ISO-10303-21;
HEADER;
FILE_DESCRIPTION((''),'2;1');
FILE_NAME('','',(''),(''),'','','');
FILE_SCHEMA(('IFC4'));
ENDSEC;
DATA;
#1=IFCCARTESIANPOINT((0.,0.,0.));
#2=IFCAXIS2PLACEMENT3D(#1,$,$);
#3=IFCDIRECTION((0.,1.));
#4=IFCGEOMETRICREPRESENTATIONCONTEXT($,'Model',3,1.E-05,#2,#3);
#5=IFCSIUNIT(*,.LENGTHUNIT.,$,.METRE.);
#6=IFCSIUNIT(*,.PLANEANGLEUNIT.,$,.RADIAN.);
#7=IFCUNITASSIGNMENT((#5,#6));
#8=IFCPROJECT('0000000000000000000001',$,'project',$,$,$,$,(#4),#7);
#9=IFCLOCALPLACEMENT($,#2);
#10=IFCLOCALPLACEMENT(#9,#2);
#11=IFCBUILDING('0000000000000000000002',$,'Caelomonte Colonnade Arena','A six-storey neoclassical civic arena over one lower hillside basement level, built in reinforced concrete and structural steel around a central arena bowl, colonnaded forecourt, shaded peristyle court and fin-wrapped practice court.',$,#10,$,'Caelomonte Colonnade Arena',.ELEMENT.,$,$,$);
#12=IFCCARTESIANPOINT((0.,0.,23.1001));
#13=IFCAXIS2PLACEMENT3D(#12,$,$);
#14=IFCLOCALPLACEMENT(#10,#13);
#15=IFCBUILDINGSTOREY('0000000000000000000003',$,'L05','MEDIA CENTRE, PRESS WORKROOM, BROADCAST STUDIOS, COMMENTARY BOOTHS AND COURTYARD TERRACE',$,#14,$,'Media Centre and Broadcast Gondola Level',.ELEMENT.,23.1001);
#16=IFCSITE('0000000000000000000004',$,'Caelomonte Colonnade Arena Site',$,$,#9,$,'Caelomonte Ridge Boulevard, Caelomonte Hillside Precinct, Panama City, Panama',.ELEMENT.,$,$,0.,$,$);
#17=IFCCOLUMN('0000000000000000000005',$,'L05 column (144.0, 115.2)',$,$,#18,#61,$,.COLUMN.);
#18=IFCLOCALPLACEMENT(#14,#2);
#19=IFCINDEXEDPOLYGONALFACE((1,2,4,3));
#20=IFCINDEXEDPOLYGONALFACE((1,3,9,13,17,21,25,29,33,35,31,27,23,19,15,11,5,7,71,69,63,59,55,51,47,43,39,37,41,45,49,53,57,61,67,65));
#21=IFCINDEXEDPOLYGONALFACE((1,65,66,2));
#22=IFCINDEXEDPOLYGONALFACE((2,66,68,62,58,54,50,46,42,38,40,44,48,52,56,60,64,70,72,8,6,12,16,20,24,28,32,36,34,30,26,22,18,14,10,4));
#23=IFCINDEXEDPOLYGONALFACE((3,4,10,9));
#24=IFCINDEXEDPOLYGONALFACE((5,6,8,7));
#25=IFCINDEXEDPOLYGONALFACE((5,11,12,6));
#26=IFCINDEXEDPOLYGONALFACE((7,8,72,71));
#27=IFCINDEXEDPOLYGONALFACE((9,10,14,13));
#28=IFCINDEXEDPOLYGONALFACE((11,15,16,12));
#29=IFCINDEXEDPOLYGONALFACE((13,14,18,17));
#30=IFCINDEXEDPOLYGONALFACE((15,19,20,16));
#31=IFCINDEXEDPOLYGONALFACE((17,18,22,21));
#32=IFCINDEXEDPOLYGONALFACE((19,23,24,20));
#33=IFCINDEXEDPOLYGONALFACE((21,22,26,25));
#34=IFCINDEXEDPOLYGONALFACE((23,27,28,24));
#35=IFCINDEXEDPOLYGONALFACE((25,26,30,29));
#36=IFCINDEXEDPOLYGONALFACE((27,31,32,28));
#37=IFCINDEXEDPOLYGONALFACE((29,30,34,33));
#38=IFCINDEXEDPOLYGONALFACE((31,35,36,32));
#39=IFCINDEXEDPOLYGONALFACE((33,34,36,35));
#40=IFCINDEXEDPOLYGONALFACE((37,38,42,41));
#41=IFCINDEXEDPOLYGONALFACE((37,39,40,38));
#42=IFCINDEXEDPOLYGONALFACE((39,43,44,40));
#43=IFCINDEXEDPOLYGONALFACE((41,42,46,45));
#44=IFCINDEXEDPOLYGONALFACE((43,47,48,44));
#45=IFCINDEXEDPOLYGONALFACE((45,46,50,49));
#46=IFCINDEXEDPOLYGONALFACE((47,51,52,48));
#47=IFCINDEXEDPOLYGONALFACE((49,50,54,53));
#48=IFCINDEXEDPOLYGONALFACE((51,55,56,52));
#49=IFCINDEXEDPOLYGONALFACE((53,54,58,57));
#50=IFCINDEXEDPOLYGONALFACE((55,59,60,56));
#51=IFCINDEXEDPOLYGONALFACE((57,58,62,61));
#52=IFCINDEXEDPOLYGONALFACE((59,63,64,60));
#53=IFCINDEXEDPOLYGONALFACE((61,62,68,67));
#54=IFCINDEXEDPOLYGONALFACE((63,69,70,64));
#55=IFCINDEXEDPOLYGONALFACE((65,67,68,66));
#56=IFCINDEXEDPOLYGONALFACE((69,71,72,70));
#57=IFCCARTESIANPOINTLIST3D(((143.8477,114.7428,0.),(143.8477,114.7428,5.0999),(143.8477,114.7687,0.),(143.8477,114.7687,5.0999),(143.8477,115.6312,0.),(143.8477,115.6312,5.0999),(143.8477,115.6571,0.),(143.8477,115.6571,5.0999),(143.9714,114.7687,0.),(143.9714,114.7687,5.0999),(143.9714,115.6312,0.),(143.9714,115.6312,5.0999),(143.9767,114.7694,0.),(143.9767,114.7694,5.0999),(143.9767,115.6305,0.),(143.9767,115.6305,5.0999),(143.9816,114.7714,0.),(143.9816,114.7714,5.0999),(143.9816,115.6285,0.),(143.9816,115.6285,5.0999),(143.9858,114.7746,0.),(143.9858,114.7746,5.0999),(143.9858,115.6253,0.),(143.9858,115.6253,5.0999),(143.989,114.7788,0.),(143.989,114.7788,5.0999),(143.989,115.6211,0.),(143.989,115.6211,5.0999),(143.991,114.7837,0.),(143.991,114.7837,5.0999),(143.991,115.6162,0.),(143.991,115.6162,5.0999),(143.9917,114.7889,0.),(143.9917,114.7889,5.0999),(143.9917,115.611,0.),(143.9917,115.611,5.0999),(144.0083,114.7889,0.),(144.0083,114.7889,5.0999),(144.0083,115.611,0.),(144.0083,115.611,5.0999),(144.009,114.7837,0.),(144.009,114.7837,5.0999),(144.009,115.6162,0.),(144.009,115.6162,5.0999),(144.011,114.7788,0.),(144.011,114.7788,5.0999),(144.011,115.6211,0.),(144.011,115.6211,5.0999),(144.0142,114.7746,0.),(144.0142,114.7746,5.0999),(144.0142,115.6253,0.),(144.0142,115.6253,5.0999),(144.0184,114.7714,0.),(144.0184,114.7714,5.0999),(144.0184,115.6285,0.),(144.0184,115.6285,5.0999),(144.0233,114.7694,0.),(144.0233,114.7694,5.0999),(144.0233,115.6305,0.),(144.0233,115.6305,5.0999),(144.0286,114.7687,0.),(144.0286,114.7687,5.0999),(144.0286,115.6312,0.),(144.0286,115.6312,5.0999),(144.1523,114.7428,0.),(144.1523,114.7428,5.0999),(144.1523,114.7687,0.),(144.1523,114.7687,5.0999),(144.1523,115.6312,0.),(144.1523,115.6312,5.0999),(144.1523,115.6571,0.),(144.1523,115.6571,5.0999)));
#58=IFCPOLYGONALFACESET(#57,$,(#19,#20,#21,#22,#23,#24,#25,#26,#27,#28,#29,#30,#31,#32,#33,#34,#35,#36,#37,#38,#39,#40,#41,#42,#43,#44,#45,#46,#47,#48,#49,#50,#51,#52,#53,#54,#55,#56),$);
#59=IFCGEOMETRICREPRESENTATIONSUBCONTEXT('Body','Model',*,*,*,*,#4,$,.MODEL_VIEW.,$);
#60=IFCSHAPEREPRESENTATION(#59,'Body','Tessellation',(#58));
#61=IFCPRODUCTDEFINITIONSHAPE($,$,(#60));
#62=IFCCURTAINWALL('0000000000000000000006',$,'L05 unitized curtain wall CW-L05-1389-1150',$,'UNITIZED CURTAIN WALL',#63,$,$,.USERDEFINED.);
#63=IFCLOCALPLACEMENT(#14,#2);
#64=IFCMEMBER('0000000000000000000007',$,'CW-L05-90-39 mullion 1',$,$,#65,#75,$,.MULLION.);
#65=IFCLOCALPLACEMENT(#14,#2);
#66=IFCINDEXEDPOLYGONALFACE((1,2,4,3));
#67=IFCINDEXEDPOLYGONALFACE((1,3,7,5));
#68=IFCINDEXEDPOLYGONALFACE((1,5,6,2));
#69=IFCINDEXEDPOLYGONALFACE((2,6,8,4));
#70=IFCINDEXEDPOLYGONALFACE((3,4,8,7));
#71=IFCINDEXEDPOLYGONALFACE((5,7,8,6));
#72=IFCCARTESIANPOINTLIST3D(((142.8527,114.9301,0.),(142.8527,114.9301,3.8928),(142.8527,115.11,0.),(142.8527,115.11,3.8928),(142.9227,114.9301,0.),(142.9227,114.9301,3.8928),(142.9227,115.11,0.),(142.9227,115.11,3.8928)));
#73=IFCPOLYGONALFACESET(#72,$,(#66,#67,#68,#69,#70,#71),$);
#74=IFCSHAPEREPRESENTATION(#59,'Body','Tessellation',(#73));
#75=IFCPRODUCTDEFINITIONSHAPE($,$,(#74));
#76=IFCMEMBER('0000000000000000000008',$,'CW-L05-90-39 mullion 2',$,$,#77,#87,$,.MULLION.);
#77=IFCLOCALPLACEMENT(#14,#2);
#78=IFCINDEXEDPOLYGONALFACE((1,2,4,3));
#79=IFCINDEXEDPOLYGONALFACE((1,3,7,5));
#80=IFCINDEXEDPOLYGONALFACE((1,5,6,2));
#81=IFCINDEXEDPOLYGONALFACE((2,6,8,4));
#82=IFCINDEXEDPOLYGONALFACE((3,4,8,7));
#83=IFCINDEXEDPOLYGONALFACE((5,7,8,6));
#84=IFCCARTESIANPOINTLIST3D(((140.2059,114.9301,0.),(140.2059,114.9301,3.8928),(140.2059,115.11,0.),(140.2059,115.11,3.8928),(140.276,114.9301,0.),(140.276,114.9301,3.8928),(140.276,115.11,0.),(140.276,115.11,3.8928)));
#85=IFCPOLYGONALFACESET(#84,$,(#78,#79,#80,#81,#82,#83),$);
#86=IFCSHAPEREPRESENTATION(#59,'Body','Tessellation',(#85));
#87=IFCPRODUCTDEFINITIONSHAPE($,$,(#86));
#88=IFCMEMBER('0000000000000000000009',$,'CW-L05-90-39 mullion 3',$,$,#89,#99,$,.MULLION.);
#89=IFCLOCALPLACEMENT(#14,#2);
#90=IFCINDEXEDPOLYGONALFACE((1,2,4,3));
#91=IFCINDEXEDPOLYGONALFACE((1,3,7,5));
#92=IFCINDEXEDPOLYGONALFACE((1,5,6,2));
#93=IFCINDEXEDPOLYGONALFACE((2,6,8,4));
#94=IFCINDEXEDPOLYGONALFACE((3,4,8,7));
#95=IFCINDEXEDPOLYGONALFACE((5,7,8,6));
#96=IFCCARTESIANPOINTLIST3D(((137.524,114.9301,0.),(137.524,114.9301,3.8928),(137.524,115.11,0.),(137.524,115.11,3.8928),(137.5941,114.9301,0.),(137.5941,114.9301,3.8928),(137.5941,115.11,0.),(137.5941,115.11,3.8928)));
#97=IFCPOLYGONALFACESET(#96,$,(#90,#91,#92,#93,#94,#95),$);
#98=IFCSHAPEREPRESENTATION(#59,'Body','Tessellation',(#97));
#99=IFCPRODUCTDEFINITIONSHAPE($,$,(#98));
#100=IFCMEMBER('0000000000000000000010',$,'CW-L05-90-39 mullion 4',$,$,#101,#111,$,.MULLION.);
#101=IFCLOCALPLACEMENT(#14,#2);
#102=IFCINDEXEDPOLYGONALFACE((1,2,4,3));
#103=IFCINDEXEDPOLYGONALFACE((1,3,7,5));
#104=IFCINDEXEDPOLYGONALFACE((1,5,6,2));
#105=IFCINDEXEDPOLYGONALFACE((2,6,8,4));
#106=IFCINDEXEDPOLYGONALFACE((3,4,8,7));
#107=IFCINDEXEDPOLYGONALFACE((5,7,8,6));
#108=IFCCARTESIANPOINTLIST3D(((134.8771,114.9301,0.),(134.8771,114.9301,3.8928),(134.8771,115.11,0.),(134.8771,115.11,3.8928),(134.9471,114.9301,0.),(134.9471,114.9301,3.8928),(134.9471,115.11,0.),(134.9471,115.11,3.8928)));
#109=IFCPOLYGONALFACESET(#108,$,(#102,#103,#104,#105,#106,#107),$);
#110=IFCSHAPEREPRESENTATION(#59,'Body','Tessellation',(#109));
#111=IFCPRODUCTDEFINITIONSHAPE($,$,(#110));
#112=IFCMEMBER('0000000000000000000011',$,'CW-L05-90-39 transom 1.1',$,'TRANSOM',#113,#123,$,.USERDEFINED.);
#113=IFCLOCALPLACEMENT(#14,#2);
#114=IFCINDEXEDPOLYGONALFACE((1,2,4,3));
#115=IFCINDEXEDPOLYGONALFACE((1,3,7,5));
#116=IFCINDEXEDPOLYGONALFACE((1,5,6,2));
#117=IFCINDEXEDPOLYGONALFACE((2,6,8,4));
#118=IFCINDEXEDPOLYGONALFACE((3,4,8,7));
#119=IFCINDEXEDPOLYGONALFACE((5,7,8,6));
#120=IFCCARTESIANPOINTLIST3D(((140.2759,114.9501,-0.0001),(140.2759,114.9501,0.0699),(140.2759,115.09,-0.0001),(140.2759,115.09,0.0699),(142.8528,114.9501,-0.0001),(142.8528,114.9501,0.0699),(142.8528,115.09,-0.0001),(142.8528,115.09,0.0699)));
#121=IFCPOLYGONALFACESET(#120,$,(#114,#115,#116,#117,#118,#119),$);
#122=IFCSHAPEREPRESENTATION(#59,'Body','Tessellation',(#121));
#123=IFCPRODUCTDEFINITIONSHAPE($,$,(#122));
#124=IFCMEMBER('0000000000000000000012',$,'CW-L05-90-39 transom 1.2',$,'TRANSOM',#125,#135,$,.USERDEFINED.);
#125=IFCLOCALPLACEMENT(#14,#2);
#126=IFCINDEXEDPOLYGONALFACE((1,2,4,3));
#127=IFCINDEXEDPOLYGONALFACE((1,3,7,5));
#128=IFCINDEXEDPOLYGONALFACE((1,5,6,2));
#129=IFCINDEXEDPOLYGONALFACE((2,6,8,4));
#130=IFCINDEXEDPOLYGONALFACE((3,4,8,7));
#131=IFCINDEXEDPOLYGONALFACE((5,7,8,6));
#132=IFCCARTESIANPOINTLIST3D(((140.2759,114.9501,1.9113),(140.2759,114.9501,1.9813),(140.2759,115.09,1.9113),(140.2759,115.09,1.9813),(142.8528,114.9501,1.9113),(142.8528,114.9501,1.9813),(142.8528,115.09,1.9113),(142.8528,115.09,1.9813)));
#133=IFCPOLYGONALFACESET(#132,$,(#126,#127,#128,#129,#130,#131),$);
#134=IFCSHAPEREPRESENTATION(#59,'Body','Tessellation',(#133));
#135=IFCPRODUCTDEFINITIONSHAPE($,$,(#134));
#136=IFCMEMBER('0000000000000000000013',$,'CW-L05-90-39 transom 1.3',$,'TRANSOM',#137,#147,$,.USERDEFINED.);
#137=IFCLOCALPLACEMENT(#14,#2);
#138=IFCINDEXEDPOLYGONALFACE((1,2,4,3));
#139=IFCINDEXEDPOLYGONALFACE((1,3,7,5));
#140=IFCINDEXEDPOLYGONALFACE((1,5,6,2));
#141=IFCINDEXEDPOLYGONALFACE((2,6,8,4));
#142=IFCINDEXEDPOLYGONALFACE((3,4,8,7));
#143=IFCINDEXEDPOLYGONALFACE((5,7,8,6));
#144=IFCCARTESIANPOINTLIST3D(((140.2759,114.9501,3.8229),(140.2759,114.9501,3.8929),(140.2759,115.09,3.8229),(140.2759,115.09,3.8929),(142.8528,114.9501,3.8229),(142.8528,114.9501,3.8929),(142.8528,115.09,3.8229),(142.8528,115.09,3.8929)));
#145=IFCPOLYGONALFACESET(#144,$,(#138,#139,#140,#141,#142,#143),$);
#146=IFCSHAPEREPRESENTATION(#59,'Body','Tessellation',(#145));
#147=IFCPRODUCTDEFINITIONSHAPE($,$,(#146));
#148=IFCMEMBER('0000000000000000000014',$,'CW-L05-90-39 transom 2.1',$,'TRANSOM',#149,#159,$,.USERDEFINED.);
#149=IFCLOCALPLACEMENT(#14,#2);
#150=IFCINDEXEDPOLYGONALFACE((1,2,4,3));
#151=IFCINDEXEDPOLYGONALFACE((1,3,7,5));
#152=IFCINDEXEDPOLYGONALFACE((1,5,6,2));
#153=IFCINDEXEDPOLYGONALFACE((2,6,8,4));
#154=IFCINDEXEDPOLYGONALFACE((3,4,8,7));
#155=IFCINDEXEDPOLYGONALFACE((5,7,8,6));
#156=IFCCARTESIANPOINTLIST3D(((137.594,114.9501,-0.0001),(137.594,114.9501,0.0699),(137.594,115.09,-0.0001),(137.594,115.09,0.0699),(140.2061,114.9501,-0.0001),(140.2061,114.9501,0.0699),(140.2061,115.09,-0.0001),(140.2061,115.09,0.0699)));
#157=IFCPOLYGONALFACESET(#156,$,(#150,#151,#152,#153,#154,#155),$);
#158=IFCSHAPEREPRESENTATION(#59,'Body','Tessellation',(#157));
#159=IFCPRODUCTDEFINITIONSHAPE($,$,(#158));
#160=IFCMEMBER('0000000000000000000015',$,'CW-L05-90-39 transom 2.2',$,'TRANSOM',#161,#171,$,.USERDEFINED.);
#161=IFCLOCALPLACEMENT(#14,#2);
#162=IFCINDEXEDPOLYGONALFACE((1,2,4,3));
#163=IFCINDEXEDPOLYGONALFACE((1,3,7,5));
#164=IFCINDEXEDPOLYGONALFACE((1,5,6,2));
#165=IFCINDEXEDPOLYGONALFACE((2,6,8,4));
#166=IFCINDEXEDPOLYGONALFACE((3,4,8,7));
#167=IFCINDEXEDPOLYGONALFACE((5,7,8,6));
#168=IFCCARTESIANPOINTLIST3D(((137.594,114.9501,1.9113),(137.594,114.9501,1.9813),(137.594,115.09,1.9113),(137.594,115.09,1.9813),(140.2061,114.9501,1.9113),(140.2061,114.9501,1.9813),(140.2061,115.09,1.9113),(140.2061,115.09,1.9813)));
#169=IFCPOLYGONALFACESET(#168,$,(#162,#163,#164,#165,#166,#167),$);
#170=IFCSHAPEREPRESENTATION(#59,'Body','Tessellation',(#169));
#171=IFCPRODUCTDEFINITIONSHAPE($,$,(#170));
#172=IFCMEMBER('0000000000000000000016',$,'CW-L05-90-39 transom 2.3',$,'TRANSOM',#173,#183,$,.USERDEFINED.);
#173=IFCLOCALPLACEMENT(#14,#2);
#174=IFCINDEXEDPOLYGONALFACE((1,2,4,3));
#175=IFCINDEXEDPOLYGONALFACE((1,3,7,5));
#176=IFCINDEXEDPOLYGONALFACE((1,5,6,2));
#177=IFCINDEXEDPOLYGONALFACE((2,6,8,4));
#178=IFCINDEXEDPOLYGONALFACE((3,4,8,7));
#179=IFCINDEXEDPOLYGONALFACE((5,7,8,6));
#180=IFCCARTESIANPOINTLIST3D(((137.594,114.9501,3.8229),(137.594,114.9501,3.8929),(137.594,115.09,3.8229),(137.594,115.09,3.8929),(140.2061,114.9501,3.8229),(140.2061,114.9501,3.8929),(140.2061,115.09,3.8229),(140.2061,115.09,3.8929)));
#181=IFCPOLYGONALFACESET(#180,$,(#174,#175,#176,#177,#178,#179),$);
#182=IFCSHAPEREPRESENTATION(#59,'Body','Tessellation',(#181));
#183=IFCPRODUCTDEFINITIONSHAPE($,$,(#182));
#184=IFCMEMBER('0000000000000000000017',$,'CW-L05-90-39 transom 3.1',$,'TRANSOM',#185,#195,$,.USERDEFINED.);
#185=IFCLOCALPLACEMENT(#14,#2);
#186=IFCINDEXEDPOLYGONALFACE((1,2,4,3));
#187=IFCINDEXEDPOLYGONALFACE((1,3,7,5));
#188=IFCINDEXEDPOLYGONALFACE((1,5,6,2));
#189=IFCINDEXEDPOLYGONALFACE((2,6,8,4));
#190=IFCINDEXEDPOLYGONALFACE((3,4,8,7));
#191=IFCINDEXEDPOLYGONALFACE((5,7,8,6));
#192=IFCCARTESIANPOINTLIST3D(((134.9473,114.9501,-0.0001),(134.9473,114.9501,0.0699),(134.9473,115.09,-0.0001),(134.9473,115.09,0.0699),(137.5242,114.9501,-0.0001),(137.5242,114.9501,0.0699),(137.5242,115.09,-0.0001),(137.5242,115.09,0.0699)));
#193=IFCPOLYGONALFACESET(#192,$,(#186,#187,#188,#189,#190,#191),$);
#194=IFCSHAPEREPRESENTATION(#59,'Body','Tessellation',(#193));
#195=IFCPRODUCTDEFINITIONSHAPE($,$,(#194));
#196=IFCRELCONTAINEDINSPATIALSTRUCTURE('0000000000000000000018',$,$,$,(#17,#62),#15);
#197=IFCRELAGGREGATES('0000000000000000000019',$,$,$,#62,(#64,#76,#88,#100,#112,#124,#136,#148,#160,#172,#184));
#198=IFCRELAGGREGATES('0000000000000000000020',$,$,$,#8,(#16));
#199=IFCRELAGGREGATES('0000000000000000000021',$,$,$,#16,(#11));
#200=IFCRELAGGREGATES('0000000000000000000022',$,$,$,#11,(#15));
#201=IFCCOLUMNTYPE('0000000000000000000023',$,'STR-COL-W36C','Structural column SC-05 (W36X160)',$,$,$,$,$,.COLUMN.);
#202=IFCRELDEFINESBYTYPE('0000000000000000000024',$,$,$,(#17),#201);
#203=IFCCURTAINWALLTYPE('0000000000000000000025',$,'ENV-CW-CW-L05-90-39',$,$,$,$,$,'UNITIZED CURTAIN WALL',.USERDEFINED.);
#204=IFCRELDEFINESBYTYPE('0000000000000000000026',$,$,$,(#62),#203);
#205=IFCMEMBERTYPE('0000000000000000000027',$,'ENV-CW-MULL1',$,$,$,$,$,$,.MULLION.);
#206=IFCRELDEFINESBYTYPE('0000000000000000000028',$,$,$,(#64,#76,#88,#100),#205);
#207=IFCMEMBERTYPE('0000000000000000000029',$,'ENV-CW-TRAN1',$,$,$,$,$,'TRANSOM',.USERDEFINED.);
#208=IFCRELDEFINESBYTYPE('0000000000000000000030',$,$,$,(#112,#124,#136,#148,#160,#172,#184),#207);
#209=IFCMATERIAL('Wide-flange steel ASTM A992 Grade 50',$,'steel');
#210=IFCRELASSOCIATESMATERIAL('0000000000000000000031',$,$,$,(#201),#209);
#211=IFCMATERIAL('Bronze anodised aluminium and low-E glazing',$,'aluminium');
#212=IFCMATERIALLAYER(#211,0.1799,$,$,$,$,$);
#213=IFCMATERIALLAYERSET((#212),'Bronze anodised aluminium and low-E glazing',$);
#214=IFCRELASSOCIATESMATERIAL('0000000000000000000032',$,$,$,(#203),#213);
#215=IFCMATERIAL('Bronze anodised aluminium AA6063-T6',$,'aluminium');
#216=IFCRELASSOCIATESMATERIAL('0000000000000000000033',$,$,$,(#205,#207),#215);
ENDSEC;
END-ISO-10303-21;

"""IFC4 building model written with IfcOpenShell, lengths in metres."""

from ifc_helpers import new_model, si_unit, direction, frame, origin, origin_2d, place, context, subcontext, project, spatial, rectangle, i_section, extrude, material, layer, layer_set, material_profile, profile_set, type_object, element, aggregate, save


model = new_model("IFC4")

# Units and contexts
model_context = context("Model", 3, precision=1e-05, world=origin(), true_north=direction((0.0, 1.0)))
body_context = subcontext(model_context, "Body", "Model", "MODEL_VIEW")
ifc_project = project(units=[si_unit("LENGTHUNIT", "METRE"), si_unit("PLANEANGLEUNIT", "RADIAN")], contexts=[model_context])

# Site, building, storey
site_placement = place(None, origin())
site = spatial("IfcSite", under=ifc_project, at=site_placement, Name="Caelomonte Colonnade Arena Site", LongName="Caelomonte Ridge Boulevard, Caelomonte Hillside Precinct, Panama City, Panama", CompositionType="ELEMENT", RefElevation=0.0)
building_placement = place(site_placement, origin())
building = spatial("IfcBuilding", under=site, at=building_placement, Name="Caelomonte Colonnade Arena", Description="A six-storey neoclassical civic arena over one lower hillside basement level, built in reinforced concrete and structural steel around a central arena bowl, colonnaded forecourt, shaded peristyle court and fin-wrapped practice court.", LongName="Caelomonte Colonnade Arena", CompositionType="ELEMENT")
storey_placement = place(building_placement, frame((0.0, 0.0, 23.1001)))
storey = spatial("IfcBuildingStorey", under=building, at=storey_placement, Name="L05", Description="MEDIA CENTRE, PRESS WORKROOM, BROADCAST STUDIOS, COMMENTARY BOOTHS AND COURTYARD TERRACE", LongName="Media Centre and Broadcast Gondola Level", CompositionType="ELEMENT", Elevation=23.1001)

# Column
ifc_material_1 = material(Name="Wide-flange steel ASTM A992 Grade 50", Category="steel")
ifc_material_profile_1 = material_profile(ifc_material_1, i_section(OverallWidth=0.3047, OverallDepth=0.9143, WebThickness=0.0166, FlangeThickness=0.0259, FilletRadius=0.0203, at=origin_2d()), Name="W36X160")
ifc_profile_set_1 = profile_set([ifc_material_profile_1], Name="Wide-flange steel ASTM A992 Grade 50")
column_type = type_object("IfcColumnType", Name="STR-COL-W36C", Description="Structural column SC-05 (W36X160)", PredefinedType="COLUMN", material=ifc_profile_set_1)
column_placement = place(storey_placement, frame((144.0, 115.2, 0.0), z_axis=(0.0, 0.0, 1.0), x_axis=(1.0, 0.0, 0.0)))
element("IfcColumn", 1, at=column_placement, inside=storey, type_object=column_type, Name="L05 column (144.0, 115.2)", PredefinedType="COLUMN", context=body_context, shape_type="SweptSolid", body=[
    extrude(i_section(OverallWidth=0.3047, OverallDepth=0.9143, WebThickness=0.0166, FlangeThickness=0.0259, FilletRadius=0.0203, at=origin_2d()), origin(), (0.0, 0.0, 1.0), 5.0999),
])

# Curtain wall, members
ifc_material_2 = material(Name="Bronze anodised aluminium and low-E glazing", Category="aluminium")
ifc_layer_1 = layer(ifc_material_2, 0.1799)
ifc_layer_set_1 = layer_set([ifc_layer_1], Name="Bronze anodised aluminium and low-E glazing")
curtain_wall_type = type_object("IfcCurtainWallType", Name="ENV-CW-CW-L05-90-39", ElementType="UNITIZED CURTAIN WALL", PredefinedType="USERDEFINED", material=ifc_layer_set_1)
curtain_wall_placement = place(storey_placement, origin())
curtain_wall = element("IfcCurtainWall", 2, at=curtain_wall_placement, inside=storey, type_object=curtain_wall_type, Name="L05 unitized curtain wall CW-L05-1389-1150", ObjectType="UNITIZED CURTAIN WALL", PredefinedType="USERDEFINED")
ifc_material_3 = material(Name="Bronze anodised aluminium AA6063-T6", Category="aluminium")
ifc_material_profile_2 = material_profile(ifc_material_3, rectangle(XDim=0.0701, YDim=0.1799, at=origin_2d()), Name="CWM-70X180")
ifc_profile_set_2 = profile_set([ifc_material_profile_2], Name="Bronze anodised aluminium AA6063-T6")
member_type_1 = type_object("IfcMemberType", Name="ENV-CW-MULL1", PredefinedType="MULLION", material=ifc_profile_set_2)
member_1_placement = place(storey_placement, frame((142.8877, 115.02, 0.0), z_axis=(0.0, 0.0, 1.0), x_axis=(-1.0, 0.0, 0.0)))
member_1 = element("IfcMember", 3, at=member_1_placement, type_object=member_type_1, Name="CW-L05-90-39 mullion 1", PredefinedType="MULLION", context=body_context, shape_type="SweptSolid", body=[
    extrude(rectangle(XDim=0.0701, YDim=0.1799, at=origin_2d()), origin(), (0.0, 0.0, 1.0), 3.8928),
])
member_2_placement = place(storey_placement, frame((140.241, 115.02, 0.0), z_axis=(0.0, 0.0, 1.0), x_axis=(-1.0, 0.0, 0.0)))
member_2 = element("IfcMember", 4, at=member_2_placement, type_object=member_type_1, Name="CW-L05-90-39 mullion 2", PredefinedType="MULLION", context=body_context, shape_type="SweptSolid", body=[
    extrude(rectangle(XDim=0.0701, YDim=0.1799, at=origin_2d()), origin(), (0.0, 0.0, 1.0), 3.8928),
])
member_3_placement = place(storey_placement, frame((137.5591, 115.02, 0.0), z_axis=(0.0, 0.0, 1.0), x_axis=(-1.0, 0.0, 0.0)))
member_3 = element("IfcMember", 5, at=member_3_placement, type_object=member_type_1, Name="CW-L05-90-39 mullion 3", PredefinedType="MULLION", context=body_context, shape_type="SweptSolid", body=[
    extrude(rectangle(XDim=0.0701, YDim=0.1799, at=origin_2d()), origin(), (0.0, 0.0, 1.0), 3.8928),
])
member_4_placement = place(storey_placement, frame((134.9121, 115.02, 0.0), z_axis=(0.0, 0.0, 1.0), x_axis=(-1.0, 0.0, 0.0)))
member_4 = element("IfcMember", 6, at=member_4_placement, type_object=member_type_1, Name="CW-L05-90-39 mullion 4", PredefinedType="MULLION", context=body_context, shape_type="SweptSolid", body=[
    extrude(rectangle(XDim=0.0701, YDim=0.1799, at=origin_2d()), origin(), (0.0, 0.0, 1.0), 3.8928),
])
ifc_material_profile_3 = material_profile(ifc_material_3, rectangle(XDim=0.0701, YDim=0.1399, at=origin_2d()), Name="CWT-70X140")
ifc_profile_set_3 = profile_set([ifc_material_profile_3], Name="Bronze anodised aluminium AA6063-T6")
member_type_2 = type_object("IfcMemberType", Name="ENV-CW-TRAN1", ElementType="TRANSOM", PredefinedType="USERDEFINED", material=ifc_profile_set_3)
member_5_placement = place(storey_placement, frame((142.8528, 115.02, 0.0349), z_axis=(-1.0, 0.0, 0.0), x_axis=(0.0, 0.0, 1.0)))
member_5 = element("IfcMember", 7, at=member_5_placement, type_object=member_type_2, Name="CW-L05-90-39 transom 1.1", ObjectType="TRANSOM", PredefinedType="USERDEFINED", context=body_context, shape_type="SweptSolid", body=[
    extrude(rectangle(XDim=0.0701, YDim=0.1399, at=origin_2d()), origin(), (0.0, 0.0, 1.0), 2.5769),
])
member_6_placement = place(storey_placement, frame((142.8528, 115.02, 1.9463), z_axis=(-1.0, 0.0, 0.0), x_axis=(0.0, 0.0, 1.0)))
member_6 = element("IfcMember", 8, at=member_6_placement, type_object=member_type_2, Name="CW-L05-90-39 transom 1.2", ObjectType="TRANSOM", PredefinedType="USERDEFINED", context=body_context, shape_type="SweptSolid", body=[
    extrude(rectangle(XDim=0.0701, YDim=0.1399, at=origin_2d()), origin(), (0.0, 0.0, 1.0), 2.5769),
])
member_7_placement = place(storey_placement, frame((142.8528, 115.02, 3.8579), z_axis=(-1.0, 0.0, 0.0), x_axis=(0.0, 0.0, 1.0)))
member_7 = element("IfcMember", 9, at=member_7_placement, type_object=member_type_2, Name="CW-L05-90-39 transom 1.3", ObjectType="TRANSOM", PredefinedType="USERDEFINED", context=body_context, shape_type="SweptSolid", body=[
    extrude(rectangle(XDim=0.0701, YDim=0.1399, at=origin_2d()), origin(), (0.0, 0.0, 1.0), 2.5769),
])
member_8_placement = place(storey_placement, frame((140.2061, 115.02, 0.0349), z_axis=(-1.0, 0.0, 0.0), x_axis=(0.0, 0.0, 1.0)))
member_8 = element("IfcMember", 10, at=member_8_placement, type_object=member_type_2, Name="CW-L05-90-39 transom 2.1", ObjectType="TRANSOM", PredefinedType="USERDEFINED", context=body_context, shape_type="SweptSolid", body=[
    extrude(rectangle(XDim=0.0701, YDim=0.1399, at=origin_2d()), origin(), (0.0, 0.0, 1.0), 2.6121),
])
member_9_placement = place(storey_placement, frame((140.2061, 115.02, 1.9463), z_axis=(-1.0, 0.0, 0.0), x_axis=(0.0, 0.0, 1.0)))
member_9 = element("IfcMember", 11, at=member_9_placement, type_object=member_type_2, Name="CW-L05-90-39 transom 2.2", ObjectType="TRANSOM", PredefinedType="USERDEFINED", context=body_context, shape_type="SweptSolid", body=[
    extrude(rectangle(XDim=0.0701, YDim=0.1399, at=origin_2d()), origin(), (0.0, 0.0, 1.0), 2.6121),
])
member_10_placement = place(storey_placement, frame((140.2061, 115.02, 3.8579), z_axis=(-1.0, 0.0, 0.0), x_axis=(0.0, 0.0, 1.0)))
member_10 = element("IfcMember", 12, at=member_10_placement, type_object=member_type_2, Name="CW-L05-90-39 transom 2.3", ObjectType="TRANSOM", PredefinedType="USERDEFINED", context=body_context, shape_type="SweptSolid", body=[
    extrude(rectangle(XDim=0.0701, YDim=0.1399, at=origin_2d()), origin(), (0.0, 0.0, 1.0), 2.6121),
])
member_11_placement = place(storey_placement, frame((137.5242, 115.02, 0.0349), z_axis=(-1.0, 0.0, 0.0), x_axis=(0.0, 0.0, 1.0)))
member_11 = element("IfcMember", 13, at=member_11_placement, type_object=member_type_2, Name="CW-L05-90-39 transom 3.1", ObjectType="TRANSOM", PredefinedType="USERDEFINED", context=body_context, shape_type="SweptSolid", body=[
    extrude(rectangle(XDim=0.0701, YDim=0.1399, at=origin_2d()), origin(), (0.0, 0.0, 1.0), 2.5769),
])

aggregate(curtain_wall, [member_1, member_2, member_3, member_4, member_5, member_6, member_7, member_8, member_9, member_10, member_11])

save(model, "model.ifc")
